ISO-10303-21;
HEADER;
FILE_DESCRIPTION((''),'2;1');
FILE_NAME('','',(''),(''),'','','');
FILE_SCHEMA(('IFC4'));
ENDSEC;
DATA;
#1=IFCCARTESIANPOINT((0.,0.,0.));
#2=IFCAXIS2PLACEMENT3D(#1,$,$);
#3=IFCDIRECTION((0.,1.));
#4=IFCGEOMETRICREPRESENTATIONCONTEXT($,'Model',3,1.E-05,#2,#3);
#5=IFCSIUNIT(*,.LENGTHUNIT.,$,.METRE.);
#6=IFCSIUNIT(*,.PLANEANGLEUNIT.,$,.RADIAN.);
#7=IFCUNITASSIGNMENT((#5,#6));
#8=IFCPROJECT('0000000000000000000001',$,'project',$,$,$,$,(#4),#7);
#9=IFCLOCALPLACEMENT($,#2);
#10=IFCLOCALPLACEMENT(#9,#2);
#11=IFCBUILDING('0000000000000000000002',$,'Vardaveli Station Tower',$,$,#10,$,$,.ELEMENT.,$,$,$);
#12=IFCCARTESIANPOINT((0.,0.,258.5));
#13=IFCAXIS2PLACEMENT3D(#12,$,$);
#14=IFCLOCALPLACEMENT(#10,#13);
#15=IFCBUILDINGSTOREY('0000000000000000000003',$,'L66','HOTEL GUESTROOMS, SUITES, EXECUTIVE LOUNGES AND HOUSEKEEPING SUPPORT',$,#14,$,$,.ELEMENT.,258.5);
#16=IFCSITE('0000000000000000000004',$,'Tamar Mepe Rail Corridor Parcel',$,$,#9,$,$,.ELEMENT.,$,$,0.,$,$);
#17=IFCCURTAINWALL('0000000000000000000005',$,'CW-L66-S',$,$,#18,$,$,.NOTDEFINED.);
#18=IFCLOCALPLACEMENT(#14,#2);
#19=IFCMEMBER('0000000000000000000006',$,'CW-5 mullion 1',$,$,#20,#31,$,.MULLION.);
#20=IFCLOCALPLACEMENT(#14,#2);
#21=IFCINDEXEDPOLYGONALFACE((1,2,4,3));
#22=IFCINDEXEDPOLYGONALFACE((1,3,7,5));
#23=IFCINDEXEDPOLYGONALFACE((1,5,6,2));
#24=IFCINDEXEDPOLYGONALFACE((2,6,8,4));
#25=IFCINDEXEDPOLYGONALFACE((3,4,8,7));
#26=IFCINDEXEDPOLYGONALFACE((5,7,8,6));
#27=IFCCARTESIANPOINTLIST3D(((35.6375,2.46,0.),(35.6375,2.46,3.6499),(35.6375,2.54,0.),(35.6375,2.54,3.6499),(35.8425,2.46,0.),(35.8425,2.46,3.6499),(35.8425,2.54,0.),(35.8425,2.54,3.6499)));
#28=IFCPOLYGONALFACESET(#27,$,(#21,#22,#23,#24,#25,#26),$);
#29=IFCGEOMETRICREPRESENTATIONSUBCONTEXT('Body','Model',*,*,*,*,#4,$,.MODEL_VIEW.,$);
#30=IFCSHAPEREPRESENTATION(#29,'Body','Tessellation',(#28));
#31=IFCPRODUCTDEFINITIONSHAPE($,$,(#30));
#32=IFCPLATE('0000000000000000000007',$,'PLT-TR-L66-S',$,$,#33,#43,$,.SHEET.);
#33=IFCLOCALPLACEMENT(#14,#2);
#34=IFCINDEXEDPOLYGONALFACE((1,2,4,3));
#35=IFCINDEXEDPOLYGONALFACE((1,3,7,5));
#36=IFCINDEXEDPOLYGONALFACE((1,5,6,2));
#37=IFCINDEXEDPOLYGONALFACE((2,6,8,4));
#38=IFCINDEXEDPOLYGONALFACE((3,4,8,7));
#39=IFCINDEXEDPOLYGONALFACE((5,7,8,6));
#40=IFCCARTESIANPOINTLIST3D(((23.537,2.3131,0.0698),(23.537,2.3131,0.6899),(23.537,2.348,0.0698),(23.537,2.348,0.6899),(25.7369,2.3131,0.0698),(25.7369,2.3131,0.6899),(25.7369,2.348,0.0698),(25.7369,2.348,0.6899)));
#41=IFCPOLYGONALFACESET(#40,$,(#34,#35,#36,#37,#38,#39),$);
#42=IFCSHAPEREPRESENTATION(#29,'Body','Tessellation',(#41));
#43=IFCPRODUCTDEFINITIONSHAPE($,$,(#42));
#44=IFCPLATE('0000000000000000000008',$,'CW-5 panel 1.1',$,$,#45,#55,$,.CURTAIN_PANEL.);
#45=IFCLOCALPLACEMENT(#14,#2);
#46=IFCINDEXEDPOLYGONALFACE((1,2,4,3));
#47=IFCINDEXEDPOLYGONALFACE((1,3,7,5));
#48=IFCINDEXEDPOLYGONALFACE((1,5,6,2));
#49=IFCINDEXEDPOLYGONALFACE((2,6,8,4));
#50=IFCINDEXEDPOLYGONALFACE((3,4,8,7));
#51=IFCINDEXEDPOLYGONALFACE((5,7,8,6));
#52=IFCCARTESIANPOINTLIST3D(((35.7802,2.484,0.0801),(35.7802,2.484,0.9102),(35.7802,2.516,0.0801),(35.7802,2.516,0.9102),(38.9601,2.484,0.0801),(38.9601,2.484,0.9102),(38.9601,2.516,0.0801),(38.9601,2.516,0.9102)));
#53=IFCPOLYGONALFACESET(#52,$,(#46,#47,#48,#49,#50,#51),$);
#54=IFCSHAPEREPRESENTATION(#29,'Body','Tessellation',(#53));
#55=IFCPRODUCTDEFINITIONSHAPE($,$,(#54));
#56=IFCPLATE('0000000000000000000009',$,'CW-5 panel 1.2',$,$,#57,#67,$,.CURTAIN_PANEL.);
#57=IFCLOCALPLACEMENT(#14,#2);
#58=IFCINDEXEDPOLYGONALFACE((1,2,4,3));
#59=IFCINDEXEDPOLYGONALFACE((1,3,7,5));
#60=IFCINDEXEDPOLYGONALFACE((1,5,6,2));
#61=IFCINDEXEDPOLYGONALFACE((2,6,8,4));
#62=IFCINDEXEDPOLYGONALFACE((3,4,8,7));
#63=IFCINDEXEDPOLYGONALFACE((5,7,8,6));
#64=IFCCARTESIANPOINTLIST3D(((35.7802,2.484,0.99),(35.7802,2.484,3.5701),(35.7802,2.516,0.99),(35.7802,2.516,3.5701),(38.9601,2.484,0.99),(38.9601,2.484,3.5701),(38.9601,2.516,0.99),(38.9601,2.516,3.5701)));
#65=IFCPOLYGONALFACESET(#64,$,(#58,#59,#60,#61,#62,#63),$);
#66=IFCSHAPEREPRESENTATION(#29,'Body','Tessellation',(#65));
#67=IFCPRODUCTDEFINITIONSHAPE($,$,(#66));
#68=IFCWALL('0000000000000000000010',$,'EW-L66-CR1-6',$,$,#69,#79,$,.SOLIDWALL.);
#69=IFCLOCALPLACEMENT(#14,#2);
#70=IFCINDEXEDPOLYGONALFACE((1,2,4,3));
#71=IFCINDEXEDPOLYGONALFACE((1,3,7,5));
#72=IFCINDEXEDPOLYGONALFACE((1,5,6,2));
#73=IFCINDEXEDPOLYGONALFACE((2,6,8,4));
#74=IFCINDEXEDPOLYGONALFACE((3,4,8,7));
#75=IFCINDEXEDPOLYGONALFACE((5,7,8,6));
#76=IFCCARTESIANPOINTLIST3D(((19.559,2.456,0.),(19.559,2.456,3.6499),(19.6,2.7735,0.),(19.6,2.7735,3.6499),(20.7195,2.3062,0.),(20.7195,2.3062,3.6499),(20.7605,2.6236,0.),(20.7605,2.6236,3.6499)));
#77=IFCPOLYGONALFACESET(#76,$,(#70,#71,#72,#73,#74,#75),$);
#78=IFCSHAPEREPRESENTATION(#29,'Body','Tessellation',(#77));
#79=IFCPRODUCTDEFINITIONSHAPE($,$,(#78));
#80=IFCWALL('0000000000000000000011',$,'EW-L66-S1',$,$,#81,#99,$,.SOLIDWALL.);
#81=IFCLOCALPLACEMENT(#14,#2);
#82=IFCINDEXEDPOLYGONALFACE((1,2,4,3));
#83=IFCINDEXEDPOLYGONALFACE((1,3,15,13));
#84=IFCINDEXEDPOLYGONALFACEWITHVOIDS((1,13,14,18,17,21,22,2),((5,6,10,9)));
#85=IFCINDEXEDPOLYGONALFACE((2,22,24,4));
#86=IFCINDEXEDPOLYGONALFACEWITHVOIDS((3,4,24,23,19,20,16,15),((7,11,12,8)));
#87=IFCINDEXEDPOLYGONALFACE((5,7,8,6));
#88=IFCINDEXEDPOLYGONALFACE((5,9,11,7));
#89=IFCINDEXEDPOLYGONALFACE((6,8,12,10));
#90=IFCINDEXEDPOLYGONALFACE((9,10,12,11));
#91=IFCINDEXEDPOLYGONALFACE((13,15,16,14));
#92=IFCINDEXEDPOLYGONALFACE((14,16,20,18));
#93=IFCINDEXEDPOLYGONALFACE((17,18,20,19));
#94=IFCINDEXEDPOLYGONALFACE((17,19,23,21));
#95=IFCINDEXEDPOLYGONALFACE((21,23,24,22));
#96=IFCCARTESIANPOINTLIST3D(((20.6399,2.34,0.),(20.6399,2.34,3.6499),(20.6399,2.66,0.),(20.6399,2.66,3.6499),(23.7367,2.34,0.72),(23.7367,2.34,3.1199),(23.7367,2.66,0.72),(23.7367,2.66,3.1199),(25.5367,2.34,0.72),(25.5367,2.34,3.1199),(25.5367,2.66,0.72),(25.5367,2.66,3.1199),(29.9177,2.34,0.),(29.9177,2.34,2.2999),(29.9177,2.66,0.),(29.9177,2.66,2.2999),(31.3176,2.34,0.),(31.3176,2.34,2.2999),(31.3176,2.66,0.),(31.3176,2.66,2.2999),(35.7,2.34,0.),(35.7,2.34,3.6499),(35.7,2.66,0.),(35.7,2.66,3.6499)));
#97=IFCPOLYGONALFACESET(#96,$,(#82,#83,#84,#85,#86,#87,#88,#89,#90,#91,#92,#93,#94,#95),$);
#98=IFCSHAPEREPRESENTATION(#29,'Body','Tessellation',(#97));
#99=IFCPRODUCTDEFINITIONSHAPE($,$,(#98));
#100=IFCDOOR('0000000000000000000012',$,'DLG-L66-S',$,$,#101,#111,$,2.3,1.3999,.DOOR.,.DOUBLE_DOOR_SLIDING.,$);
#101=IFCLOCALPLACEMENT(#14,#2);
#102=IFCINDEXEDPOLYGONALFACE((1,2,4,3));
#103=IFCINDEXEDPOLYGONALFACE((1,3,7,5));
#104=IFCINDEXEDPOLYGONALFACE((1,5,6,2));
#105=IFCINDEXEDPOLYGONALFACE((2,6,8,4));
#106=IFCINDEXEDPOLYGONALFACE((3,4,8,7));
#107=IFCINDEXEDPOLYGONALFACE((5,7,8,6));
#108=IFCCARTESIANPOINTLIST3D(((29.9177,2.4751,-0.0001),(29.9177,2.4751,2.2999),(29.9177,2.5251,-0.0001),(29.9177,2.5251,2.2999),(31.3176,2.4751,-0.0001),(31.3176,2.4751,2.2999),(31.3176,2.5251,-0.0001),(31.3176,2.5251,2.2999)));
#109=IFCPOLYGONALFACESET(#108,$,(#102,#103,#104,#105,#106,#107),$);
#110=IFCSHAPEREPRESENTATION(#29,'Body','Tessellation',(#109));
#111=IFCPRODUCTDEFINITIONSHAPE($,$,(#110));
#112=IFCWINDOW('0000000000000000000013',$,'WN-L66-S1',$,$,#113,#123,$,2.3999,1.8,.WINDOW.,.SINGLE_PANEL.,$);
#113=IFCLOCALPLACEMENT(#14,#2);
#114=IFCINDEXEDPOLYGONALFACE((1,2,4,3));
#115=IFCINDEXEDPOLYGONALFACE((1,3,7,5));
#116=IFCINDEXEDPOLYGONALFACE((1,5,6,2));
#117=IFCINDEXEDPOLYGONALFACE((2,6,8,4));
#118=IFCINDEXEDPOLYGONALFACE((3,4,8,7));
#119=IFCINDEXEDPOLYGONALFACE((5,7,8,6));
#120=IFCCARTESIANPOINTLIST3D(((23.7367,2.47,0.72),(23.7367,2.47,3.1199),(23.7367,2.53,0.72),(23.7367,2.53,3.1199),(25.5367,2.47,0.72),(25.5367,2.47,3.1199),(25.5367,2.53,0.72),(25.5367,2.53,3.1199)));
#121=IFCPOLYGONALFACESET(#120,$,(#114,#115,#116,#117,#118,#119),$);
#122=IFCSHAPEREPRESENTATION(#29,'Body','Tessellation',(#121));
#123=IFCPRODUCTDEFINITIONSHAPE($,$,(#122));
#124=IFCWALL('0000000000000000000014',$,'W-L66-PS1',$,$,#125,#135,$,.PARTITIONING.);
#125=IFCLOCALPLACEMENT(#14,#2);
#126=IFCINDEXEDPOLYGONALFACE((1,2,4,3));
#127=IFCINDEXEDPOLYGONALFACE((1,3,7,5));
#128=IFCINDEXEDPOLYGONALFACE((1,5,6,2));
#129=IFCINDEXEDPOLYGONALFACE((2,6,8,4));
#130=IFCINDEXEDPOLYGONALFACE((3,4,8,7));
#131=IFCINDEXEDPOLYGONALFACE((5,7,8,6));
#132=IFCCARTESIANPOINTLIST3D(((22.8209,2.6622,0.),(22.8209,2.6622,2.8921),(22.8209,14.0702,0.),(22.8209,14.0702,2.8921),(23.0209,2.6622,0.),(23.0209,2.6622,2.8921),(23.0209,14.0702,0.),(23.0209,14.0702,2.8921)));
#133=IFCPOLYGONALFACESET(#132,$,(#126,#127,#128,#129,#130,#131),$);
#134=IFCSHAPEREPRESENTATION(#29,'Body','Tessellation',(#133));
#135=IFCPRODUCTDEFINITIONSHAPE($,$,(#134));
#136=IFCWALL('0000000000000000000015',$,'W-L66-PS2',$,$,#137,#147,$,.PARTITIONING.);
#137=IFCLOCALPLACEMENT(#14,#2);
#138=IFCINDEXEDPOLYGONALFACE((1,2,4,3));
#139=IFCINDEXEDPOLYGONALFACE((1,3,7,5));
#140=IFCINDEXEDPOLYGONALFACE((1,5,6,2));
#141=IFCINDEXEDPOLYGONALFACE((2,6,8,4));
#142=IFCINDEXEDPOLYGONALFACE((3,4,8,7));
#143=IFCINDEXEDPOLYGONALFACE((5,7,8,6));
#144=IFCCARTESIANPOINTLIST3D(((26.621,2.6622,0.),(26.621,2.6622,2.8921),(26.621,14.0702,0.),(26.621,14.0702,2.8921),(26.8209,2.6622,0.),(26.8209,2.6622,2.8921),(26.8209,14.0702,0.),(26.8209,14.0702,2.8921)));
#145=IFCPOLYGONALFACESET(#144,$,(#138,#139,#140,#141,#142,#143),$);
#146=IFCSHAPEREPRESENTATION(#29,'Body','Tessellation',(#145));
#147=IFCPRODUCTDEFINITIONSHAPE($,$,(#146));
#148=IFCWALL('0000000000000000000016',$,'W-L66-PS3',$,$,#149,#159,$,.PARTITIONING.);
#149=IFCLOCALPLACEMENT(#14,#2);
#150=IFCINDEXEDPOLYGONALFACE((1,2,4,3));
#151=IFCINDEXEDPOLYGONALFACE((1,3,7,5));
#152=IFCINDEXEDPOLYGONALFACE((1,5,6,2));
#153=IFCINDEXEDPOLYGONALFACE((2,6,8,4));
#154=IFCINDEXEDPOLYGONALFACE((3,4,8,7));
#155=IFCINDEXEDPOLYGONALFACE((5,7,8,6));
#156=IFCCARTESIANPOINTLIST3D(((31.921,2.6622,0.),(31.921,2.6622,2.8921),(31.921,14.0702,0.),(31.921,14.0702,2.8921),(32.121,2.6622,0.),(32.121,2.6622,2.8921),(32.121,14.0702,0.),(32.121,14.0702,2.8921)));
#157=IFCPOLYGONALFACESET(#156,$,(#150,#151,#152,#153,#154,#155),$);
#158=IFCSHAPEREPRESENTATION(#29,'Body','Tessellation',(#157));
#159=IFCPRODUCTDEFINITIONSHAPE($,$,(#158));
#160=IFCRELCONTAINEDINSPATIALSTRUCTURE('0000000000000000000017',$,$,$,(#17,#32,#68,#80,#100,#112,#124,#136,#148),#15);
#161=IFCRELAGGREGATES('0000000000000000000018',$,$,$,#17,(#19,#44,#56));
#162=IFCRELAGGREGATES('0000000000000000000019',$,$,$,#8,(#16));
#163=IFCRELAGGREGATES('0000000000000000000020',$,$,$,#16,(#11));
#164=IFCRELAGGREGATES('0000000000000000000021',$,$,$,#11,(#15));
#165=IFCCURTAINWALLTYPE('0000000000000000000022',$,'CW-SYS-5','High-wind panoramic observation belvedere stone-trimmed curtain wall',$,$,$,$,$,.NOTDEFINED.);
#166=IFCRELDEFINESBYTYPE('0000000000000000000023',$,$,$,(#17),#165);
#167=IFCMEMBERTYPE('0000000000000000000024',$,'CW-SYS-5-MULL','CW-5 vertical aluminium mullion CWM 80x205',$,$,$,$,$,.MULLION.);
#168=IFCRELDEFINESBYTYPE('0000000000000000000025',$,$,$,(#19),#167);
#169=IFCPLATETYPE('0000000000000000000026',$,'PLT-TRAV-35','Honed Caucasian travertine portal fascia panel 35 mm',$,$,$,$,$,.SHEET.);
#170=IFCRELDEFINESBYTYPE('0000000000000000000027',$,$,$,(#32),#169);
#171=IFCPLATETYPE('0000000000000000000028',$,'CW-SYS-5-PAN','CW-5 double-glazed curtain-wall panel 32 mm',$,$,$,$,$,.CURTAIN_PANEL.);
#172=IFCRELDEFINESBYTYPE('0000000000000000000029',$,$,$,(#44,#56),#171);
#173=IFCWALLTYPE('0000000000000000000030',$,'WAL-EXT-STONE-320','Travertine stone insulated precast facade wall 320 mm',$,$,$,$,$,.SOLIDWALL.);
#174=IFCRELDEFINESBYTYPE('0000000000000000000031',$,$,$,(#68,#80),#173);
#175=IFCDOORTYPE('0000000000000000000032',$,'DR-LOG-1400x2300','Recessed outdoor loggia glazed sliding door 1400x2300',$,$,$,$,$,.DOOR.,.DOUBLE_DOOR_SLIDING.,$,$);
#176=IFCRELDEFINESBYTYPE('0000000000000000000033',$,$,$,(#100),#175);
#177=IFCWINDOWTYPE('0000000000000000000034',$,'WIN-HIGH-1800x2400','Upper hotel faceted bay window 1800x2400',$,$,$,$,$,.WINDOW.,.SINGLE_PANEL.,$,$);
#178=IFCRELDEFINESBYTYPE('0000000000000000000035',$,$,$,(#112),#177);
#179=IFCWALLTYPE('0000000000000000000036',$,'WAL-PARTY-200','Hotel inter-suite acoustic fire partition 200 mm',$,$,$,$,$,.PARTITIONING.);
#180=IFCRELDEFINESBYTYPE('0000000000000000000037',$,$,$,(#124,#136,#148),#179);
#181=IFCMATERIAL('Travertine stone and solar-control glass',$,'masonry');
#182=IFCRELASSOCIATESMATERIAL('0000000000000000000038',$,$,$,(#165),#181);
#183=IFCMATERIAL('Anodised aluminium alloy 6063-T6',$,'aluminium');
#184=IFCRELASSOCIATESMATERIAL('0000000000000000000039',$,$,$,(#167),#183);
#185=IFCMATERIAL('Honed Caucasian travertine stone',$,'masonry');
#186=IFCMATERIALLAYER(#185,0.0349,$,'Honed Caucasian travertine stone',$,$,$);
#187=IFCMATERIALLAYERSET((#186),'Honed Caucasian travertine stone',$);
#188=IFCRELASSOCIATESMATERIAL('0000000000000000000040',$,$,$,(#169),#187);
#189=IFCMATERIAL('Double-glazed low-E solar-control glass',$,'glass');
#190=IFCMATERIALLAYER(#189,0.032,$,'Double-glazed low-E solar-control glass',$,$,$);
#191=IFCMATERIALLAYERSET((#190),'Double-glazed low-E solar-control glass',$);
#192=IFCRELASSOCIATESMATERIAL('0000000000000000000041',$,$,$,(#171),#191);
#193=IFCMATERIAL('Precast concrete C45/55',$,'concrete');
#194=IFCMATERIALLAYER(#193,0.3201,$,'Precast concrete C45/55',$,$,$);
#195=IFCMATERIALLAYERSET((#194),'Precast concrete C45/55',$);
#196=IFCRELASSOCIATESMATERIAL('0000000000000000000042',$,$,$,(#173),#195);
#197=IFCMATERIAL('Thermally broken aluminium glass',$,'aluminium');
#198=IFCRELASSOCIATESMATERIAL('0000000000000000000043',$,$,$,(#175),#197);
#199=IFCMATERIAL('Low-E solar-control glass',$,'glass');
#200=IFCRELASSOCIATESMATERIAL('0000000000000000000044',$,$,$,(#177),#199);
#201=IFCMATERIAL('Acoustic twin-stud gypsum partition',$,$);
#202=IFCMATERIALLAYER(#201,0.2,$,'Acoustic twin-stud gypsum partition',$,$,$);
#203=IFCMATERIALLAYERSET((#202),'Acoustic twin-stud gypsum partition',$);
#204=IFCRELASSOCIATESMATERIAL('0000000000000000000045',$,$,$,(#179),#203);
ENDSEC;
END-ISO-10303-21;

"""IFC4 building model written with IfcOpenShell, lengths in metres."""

from ifc_helpers import new_model, si_unit, direction, frame, frame_2d, origin, origin_2d, place, context, subcontext, project, spatial, rectangle, extrude, source, transform, mapped, material, layer, layer_set, material_profile, profile_set, type_object, element, fill, aggregate, save


model = new_model("IFC4")

# Units and contexts
model_context = context("Model", 3, precision=1e-05, world=origin(), true_north=direction((0.0, 1.0)))
body_context = subcontext(model_context, "Body", "Model", "MODEL_VIEW")
ifc_project = project(units=[si_unit("LENGTHUNIT", "METRE"), si_unit("PLANEANGLEUNIT", "RADIAN")], contexts=[model_context])

# Site, building, storey
site_placement = place(None, origin())
site = spatial("IfcSite", under=ifc_project, at=site_placement, Name="Tamar Mepe Rail Corridor Parcel", CompositionType="ELEMENT", RefElevation=0.0)
building_placement = place(site_placement, origin())
building = spatial("IfcBuilding", under=site, at=building_placement, Name="Vardaveli Station Tower", CompositionType="ELEMENT")
storey_placement = place(building_placement, frame((0.0, 0.0, 258.5)))
storey = spatial("IfcBuildingStorey", under=building, at=storey_placement, Name="L66", Description="HOTEL GUESTROOMS, SUITES, EXECUTIVE LOUNGES AND HOUSEKEEPING SUPPORT", CompositionType="ELEMENT", Elevation=258.5)

# Shared definitions
ifc_material_1 = material(Name="Precast concrete C45/55", Category="concrete")

# Curtain wall, member
ifc_material_2 = material(Name="Travertine stone and solar-control glass", Category="masonry")
curtain_wall_type = type_object("IfcCurtainWallType", Name="CW-SYS-5", Description="High-wind panoramic observation belvedere stone-trimmed curtain wall", PredefinedType="NOTDEFINED", material=ifc_material_2)
curtain_wall_placement = place(storey_placement, origin())
curtain_wall = element("IfcCurtainWall", 1, at=curtain_wall_placement, inside=storey, type_object=curtain_wall_type, Name="CW-L66-S", PredefinedType="NOTDEFINED")
ifc_material_3 = material(Name="Anodised aluminium alloy 6063-T6", Category="aluminium")
ifc_material_profile_1 = material_profile(ifc_material_3, rectangle(XDim=0.0801, YDim=0.2051, at=origin_2d()), Name="CWM 80x205")
ifc_profile_set_1 = profile_set([ifc_material_profile_1], Name="Anodised aluminium alloy 6063-T6")
member_type_1 = type_object("IfcMemberType", Name="CW-SYS-5-MULL", Description="CW-5 vertical aluminium mullion CWM 80x205", PredefinedType="MULLION", material=ifc_profile_set_1)
shared_shape_1 = source(origin(), body_context, "Body", "SweptSolid", [
    extrude(rectangle(XDim=0.0801, YDim=0.2051, at=origin_2d()), origin(), (0.0, 0.0, 1.0), 3.6499),
])
member_1_placement = place(storey_placement, frame((35.74, 2.5, 0.0), z_axis=(0.0, 0.0, 1.0), x_axis=(0.0, 1.0, 0.0)))
member_1 = element("IfcMember", 2, at=member_1_placement, type_object=member_type_1, Name="CW-5 mullion 1", PredefinedType="MULLION", context=body_context, shape_type="MappedRepresentation", body=[
    mapped(shared_shape_1, transform((0.0, 0.0, 0.0), scale=1.0)),
])

# Plates
ifc_material_4 = material(Name="Honed Caucasian travertine stone", Category="masonry")
ifc_layer_1 = layer(ifc_material_4, 0.0349, Name="Honed Caucasian travertine stone")
ifc_layer_set_1 = layer_set([ifc_layer_1], Name="Honed Caucasian travertine stone")
plate_type_1 = type_object("IfcPlateType", Name="PLT-TRAV-35", Description="Honed Caucasian travertine portal fascia panel 35 mm", PredefinedType="SHEET", material=ifc_layer_set_1)
shared_shape_2 = source(origin(), body_context, "Body", "SweptSolid", [
    extrude(rectangle(XDim=2.2, YDim=0.0349, at=origin_2d()), origin(), (0.0, 0.0, 1.0), 0.6201),
])
plate_1_placement = place(storey_placement, frame((24.637, 2.3306, 0.0698), z_axis=(0.0, 0.0, 1.0), x_axis=(1.0, 0.0, 0.0)))
element("IfcPlate", 3, at=plate_1_placement, inside=storey, type_object=plate_type_1, Name="PLT-TR-L66-S", PredefinedType="SHEET", context=body_context, shape_type="MappedRepresentation", body=[
    mapped(shared_shape_2, transform((0.0, 0.0, 0.0), scale=1.0)),
])
ifc_material_5 = material(Name="Double-glazed low-E solar-control glass", Category="glass")
ifc_layer_2 = layer(ifc_material_5, 0.032, Name="Double-glazed low-E solar-control glass")
ifc_layer_set_2 = layer_set([ifc_layer_2], Name="Double-glazed low-E solar-control glass")
plate_type_2 = type_object("IfcPlateType", Name="CW-SYS-5-PAN", Description="CW-5 double-glazed curtain-wall panel 32 mm", PredefinedType="CURTAIN_PANEL", material=ifc_layer_set_2)
shared_shape_3 = source(origin(), body_context, "Body", "SweptSolid", [
    extrude(rectangle(XDim=3.1799, YDim=0.032, at=origin_2d()), origin(), (0.0, 0.0, 1.0), 0.8301),
])
plate_2_placement = place(storey_placement, frame((37.3701, 2.5, 0.0801), z_axis=(0.0, 0.0, 1.0), x_axis=(1.0, 0.0, 0.0)))
plate_2 = element("IfcPlate", 4, at=plate_2_placement, type_object=plate_type_2, Name="CW-5 panel 1.1", PredefinedType="CURTAIN_PANEL", context=body_context, shape_type="MappedRepresentation", body=[
    mapped(shared_shape_3, transform((0.0, 0.0, 0.0), scale=1.0)),
])
shared_shape_4 = source(origin(), body_context, "Body", "SweptSolid", [
    extrude(rectangle(XDim=3.1799, YDim=0.032, at=origin_2d()), origin(), (0.0, 0.0, 1.0), 2.5801),
])
plate_3_placement = place(storey_placement, frame((37.3701, 2.5, 0.99), z_axis=(0.0, 0.0, 1.0), x_axis=(1.0, 0.0, 0.0)))
plate_3 = element("IfcPlate", 5, at=plate_3_placement, type_object=plate_type_2, Name="CW-5 panel 1.2", PredefinedType="CURTAIN_PANEL", context=body_context, shape_type="MappedRepresentation", body=[
    mapped(shared_shape_4, transform((0.0, 0.0, 0.0), scale=1.0)),
])
aggregate(curtain_wall, [member_1, plate_2, plate_3])

# Wall
ifc_layer_3 = layer(ifc_material_1, 0.3201, Name="Precast concrete C45/55")
ifc_layer_set_3 = layer_set([ifc_layer_3], Name="Precast concrete C45/55")
wall_type_1 = type_object("IfcWallType", Name="WAL-EXT-STONE-320", Description="Travertine stone insulated precast facade wall 320 mm", PredefinedType="SOLIDWALL", material=ifc_layer_set_3)
shared_shape_5 = source(origin(), body_context, "Body", "SweptSolid", [
    extrude(rectangle(XDim=1.1702, YDim=0.3201, at=frame_2d((0.585, 0.0))), origin(), (0.0, 0.0, 1.0), 3.6499),
])
wall_1_placement = place(storey_placement, frame((19.5796, 2.6147, 0.0), z_axis=(0.0, 0.0, 1.0), x_axis=(0.991762, -0.12809, 0.0)))
element("IfcWall", 6, at=wall_1_placement, inside=storey, type_object=wall_type_1, Name="EW-L66-CR1-6", PredefinedType="SOLIDWALL", context=body_context, shape_type="MappedRepresentation", body=[
    mapped(shared_shape_5, transform((0.0, 0.0, 0.0), scale=1.0)),
])

# Wall, openings, door, window
shared_shape_6 = source(origin(), body_context, "Body", "SweptSolid", [
    extrude(rectangle(XDim=15.0601, YDim=0.3201, at=frame_2d((7.53, 0.0))), origin(), (0.0, 0.0, 1.0), 3.6499),
])
wall_2_placement = place(storey_placement, frame((20.6399, 2.5, 0.0), z_axis=(0.0, 0.0, 1.0), x_axis=(1.0, 0.0, 0.0)))
wall_2 = element("IfcWall", 7, at=wall_2_placement, inside=storey, type_object=wall_type_1, Name="EW-L66-S1", PredefinedType="SOLIDWALL", context=body_context, shape_type="MappedRepresentation", body=[
    mapped(shared_shape_6, transform((0.0, 0.0, 0.0), scale=1.0)),
])
shared_shape_7 = source(origin(), body_context, "Body", "SweptSolid", [
    extrude(rectangle(XDim=1.3999, YDim=2.3, at=frame_2d((0.7, 1.1499))), frame((0.0, 0.1699, 0.0), z_axis=(0.0, -1.0, 0.0), x_axis=(1.0, 0.0, 0.0)), (0.0, 0.0, 1.0), 0.3401),
])
opening_1_placement = place(wall_2_placement, frame((9.2778, 0.0, 0.0)))
opening_1 = element("IfcOpeningElement", 8, at=opening_1_placement, cuts=wall_2, PredefinedType="OPENING", context=body_context, shape_type="MappedRepresentation", body=[
    mapped(shared_shape_7, transform((0.0, 0.0, 0.0), scale=1.0)),
])
shared_shape_8 = source(origin(), body_context, "Body", "SweptSolid", [
    extrude(rectangle(XDim=1.8, YDim=2.3999, at=frame_2d((0.8999, 1.2))), frame((0.0, 0.1699, 0.0), z_axis=(0.0, -1.0, 0.0), x_axis=(1.0, 0.0, 0.0)), (0.0, 0.0, 1.0), 0.3401),
])
opening_2_placement = place(wall_2_placement, frame((3.0969, 0.0, 0.72)))
opening_2 = element("IfcOpeningElement", 9, at=opening_2_placement, cuts=wall_2, PredefinedType="OPENING", context=body_context, shape_type="MappedRepresentation", body=[
    mapped(shared_shape_8, transform((0.0, 0.0, 0.0), scale=1.0)),
])
ifc_material_6 = material(Name="Thermally broken aluminium glass", Category="aluminium")
door_type = type_object("IfcDoorType", Name="DR-LOG-1400x2300", Description="Recessed outdoor loggia glazed sliding door 1400x2300", OperationType="DOUBLE_DOOR_SLIDING", PredefinedType="DOOR", material=ifc_material_6)
shared_shape_9 = source(origin(), body_context, "Body", "SweptSolid", [
    extrude(rectangle(XDim=1.3999, YDim=2.3, at=frame_2d((0.7, 1.1499))), frame((0.0, 0.0249, 0.0), z_axis=(0.0, -1.0, 0.0), x_axis=(1.0, 0.0, 0.0)), (0.0, 0.0, 1.0), 0.05),
])
door_placement = place(opening_1_placement, frame((1.3999, 0.0, 0.0), z_axis=(0.0, 0.0, 1.0), x_axis=(-1.0, 0.0, 0.0)))
door = element("IfcDoor", 10, at=door_placement, inside=storey, type_object=door_type, Name="DLG-L66-S", OperationType="DOUBLE_DOOR_SLIDING", OverallHeight=2.3, OverallWidth=1.3999, PredefinedType="DOOR", context=body_context, shape_type="MappedRepresentation", body=[
    mapped(shared_shape_9, transform((0.0, 0.0, 0.0), scale=1.0)),
])
fill(opening_1, door)
ifc_material_7 = material(Name="Low-E solar-control glass", Category="glass")
window_type = type_object("IfcWindowType", Name="WIN-HIGH-1800x2400", Description="Upper hotel faceted bay window 1800x2400", PartitioningType="SINGLE_PANEL", PredefinedType="WINDOW", material=ifc_material_7)
shared_shape_10 = source(origin(), body_context, "Body", "SweptSolid", [
    extrude(rectangle(XDim=1.8, YDim=2.3999, at=frame_2d((0.8999, 1.2))), frame((0.0, 0.03, 0.0), z_axis=(0.0, -1.0, 0.0), x_axis=(1.0, 0.0, 0.0)), (0.0, 0.0, 1.0), 0.0601),
])
window_placement = place(opening_2_placement, origin())
window = element("IfcWindow", 11, at=window_placement, inside=storey, type_object=window_type, Name="WN-L66-S1", OverallHeight=2.3999, OverallWidth=1.8, PartitioningType="SINGLE_PANEL", PredefinedType="WINDOW", context=body_context, shape_type="MappedRepresentation", body=[
    mapped(shared_shape_10, transform((0.0, 0.0, 0.0), scale=1.0)),
])
fill(opening_2, window)

# Walls
ifc_material_8 = material(Name="Acoustic twin-stud gypsum partition")
ifc_layer_4 = layer(ifc_material_8, 0.2, Name="Acoustic twin-stud gypsum partition")
ifc_layer_set_4 = layer_set([ifc_layer_4], Name="Acoustic twin-stud gypsum partition")
wall_type_2 = type_object("IfcWallType", Name="WAL-PARTY-200", Description="Hotel inter-suite acoustic fire partition 200 mm", PredefinedType="PARTITIONING", material=ifc_layer_set_4)
shared_shape_11 = source(origin(), body_context, "Body", "SweptSolid", [
    extrude(rectangle(XDim=11.408, YDim=0.2, at=frame_2d((5.7041, 0.0))), origin(), (0.0, 0.0, 1.0), 2.8921),
])
for number, where, z_axis, x_axis, name in (
    (12, (22.9209, 2.6621, 0.0), (0.0, 0.0, 1.0), (0.0, 1.0, 0.0), "W-L66-PS1"),
    (13, (26.7209, 2.6621, 0.0), (0.0, 0.0, 1.0), (0.0, 1.0, 0.0), "W-L66-PS2"),
    (14, (32.021, 2.6621, 0.0), (0.0, 0.0, 1.0), (0.0, 1.0, 0.0), "W-L66-PS3"),
):
    element("IfcWall", number, at=place(storey_placement, frame(where, z_axis=z_axis, x_axis=x_axis)), inside=storey, type_object=wall_type_2, Name=name, PredefinedType="PARTITIONING", context=body_context, shape_type="MappedRepresentation", body=[
        mapped(shared_shape_11, transform((0.0, 0.0, 0.0), scale=1.0)),
    ])

save(model, "model.ifc")
